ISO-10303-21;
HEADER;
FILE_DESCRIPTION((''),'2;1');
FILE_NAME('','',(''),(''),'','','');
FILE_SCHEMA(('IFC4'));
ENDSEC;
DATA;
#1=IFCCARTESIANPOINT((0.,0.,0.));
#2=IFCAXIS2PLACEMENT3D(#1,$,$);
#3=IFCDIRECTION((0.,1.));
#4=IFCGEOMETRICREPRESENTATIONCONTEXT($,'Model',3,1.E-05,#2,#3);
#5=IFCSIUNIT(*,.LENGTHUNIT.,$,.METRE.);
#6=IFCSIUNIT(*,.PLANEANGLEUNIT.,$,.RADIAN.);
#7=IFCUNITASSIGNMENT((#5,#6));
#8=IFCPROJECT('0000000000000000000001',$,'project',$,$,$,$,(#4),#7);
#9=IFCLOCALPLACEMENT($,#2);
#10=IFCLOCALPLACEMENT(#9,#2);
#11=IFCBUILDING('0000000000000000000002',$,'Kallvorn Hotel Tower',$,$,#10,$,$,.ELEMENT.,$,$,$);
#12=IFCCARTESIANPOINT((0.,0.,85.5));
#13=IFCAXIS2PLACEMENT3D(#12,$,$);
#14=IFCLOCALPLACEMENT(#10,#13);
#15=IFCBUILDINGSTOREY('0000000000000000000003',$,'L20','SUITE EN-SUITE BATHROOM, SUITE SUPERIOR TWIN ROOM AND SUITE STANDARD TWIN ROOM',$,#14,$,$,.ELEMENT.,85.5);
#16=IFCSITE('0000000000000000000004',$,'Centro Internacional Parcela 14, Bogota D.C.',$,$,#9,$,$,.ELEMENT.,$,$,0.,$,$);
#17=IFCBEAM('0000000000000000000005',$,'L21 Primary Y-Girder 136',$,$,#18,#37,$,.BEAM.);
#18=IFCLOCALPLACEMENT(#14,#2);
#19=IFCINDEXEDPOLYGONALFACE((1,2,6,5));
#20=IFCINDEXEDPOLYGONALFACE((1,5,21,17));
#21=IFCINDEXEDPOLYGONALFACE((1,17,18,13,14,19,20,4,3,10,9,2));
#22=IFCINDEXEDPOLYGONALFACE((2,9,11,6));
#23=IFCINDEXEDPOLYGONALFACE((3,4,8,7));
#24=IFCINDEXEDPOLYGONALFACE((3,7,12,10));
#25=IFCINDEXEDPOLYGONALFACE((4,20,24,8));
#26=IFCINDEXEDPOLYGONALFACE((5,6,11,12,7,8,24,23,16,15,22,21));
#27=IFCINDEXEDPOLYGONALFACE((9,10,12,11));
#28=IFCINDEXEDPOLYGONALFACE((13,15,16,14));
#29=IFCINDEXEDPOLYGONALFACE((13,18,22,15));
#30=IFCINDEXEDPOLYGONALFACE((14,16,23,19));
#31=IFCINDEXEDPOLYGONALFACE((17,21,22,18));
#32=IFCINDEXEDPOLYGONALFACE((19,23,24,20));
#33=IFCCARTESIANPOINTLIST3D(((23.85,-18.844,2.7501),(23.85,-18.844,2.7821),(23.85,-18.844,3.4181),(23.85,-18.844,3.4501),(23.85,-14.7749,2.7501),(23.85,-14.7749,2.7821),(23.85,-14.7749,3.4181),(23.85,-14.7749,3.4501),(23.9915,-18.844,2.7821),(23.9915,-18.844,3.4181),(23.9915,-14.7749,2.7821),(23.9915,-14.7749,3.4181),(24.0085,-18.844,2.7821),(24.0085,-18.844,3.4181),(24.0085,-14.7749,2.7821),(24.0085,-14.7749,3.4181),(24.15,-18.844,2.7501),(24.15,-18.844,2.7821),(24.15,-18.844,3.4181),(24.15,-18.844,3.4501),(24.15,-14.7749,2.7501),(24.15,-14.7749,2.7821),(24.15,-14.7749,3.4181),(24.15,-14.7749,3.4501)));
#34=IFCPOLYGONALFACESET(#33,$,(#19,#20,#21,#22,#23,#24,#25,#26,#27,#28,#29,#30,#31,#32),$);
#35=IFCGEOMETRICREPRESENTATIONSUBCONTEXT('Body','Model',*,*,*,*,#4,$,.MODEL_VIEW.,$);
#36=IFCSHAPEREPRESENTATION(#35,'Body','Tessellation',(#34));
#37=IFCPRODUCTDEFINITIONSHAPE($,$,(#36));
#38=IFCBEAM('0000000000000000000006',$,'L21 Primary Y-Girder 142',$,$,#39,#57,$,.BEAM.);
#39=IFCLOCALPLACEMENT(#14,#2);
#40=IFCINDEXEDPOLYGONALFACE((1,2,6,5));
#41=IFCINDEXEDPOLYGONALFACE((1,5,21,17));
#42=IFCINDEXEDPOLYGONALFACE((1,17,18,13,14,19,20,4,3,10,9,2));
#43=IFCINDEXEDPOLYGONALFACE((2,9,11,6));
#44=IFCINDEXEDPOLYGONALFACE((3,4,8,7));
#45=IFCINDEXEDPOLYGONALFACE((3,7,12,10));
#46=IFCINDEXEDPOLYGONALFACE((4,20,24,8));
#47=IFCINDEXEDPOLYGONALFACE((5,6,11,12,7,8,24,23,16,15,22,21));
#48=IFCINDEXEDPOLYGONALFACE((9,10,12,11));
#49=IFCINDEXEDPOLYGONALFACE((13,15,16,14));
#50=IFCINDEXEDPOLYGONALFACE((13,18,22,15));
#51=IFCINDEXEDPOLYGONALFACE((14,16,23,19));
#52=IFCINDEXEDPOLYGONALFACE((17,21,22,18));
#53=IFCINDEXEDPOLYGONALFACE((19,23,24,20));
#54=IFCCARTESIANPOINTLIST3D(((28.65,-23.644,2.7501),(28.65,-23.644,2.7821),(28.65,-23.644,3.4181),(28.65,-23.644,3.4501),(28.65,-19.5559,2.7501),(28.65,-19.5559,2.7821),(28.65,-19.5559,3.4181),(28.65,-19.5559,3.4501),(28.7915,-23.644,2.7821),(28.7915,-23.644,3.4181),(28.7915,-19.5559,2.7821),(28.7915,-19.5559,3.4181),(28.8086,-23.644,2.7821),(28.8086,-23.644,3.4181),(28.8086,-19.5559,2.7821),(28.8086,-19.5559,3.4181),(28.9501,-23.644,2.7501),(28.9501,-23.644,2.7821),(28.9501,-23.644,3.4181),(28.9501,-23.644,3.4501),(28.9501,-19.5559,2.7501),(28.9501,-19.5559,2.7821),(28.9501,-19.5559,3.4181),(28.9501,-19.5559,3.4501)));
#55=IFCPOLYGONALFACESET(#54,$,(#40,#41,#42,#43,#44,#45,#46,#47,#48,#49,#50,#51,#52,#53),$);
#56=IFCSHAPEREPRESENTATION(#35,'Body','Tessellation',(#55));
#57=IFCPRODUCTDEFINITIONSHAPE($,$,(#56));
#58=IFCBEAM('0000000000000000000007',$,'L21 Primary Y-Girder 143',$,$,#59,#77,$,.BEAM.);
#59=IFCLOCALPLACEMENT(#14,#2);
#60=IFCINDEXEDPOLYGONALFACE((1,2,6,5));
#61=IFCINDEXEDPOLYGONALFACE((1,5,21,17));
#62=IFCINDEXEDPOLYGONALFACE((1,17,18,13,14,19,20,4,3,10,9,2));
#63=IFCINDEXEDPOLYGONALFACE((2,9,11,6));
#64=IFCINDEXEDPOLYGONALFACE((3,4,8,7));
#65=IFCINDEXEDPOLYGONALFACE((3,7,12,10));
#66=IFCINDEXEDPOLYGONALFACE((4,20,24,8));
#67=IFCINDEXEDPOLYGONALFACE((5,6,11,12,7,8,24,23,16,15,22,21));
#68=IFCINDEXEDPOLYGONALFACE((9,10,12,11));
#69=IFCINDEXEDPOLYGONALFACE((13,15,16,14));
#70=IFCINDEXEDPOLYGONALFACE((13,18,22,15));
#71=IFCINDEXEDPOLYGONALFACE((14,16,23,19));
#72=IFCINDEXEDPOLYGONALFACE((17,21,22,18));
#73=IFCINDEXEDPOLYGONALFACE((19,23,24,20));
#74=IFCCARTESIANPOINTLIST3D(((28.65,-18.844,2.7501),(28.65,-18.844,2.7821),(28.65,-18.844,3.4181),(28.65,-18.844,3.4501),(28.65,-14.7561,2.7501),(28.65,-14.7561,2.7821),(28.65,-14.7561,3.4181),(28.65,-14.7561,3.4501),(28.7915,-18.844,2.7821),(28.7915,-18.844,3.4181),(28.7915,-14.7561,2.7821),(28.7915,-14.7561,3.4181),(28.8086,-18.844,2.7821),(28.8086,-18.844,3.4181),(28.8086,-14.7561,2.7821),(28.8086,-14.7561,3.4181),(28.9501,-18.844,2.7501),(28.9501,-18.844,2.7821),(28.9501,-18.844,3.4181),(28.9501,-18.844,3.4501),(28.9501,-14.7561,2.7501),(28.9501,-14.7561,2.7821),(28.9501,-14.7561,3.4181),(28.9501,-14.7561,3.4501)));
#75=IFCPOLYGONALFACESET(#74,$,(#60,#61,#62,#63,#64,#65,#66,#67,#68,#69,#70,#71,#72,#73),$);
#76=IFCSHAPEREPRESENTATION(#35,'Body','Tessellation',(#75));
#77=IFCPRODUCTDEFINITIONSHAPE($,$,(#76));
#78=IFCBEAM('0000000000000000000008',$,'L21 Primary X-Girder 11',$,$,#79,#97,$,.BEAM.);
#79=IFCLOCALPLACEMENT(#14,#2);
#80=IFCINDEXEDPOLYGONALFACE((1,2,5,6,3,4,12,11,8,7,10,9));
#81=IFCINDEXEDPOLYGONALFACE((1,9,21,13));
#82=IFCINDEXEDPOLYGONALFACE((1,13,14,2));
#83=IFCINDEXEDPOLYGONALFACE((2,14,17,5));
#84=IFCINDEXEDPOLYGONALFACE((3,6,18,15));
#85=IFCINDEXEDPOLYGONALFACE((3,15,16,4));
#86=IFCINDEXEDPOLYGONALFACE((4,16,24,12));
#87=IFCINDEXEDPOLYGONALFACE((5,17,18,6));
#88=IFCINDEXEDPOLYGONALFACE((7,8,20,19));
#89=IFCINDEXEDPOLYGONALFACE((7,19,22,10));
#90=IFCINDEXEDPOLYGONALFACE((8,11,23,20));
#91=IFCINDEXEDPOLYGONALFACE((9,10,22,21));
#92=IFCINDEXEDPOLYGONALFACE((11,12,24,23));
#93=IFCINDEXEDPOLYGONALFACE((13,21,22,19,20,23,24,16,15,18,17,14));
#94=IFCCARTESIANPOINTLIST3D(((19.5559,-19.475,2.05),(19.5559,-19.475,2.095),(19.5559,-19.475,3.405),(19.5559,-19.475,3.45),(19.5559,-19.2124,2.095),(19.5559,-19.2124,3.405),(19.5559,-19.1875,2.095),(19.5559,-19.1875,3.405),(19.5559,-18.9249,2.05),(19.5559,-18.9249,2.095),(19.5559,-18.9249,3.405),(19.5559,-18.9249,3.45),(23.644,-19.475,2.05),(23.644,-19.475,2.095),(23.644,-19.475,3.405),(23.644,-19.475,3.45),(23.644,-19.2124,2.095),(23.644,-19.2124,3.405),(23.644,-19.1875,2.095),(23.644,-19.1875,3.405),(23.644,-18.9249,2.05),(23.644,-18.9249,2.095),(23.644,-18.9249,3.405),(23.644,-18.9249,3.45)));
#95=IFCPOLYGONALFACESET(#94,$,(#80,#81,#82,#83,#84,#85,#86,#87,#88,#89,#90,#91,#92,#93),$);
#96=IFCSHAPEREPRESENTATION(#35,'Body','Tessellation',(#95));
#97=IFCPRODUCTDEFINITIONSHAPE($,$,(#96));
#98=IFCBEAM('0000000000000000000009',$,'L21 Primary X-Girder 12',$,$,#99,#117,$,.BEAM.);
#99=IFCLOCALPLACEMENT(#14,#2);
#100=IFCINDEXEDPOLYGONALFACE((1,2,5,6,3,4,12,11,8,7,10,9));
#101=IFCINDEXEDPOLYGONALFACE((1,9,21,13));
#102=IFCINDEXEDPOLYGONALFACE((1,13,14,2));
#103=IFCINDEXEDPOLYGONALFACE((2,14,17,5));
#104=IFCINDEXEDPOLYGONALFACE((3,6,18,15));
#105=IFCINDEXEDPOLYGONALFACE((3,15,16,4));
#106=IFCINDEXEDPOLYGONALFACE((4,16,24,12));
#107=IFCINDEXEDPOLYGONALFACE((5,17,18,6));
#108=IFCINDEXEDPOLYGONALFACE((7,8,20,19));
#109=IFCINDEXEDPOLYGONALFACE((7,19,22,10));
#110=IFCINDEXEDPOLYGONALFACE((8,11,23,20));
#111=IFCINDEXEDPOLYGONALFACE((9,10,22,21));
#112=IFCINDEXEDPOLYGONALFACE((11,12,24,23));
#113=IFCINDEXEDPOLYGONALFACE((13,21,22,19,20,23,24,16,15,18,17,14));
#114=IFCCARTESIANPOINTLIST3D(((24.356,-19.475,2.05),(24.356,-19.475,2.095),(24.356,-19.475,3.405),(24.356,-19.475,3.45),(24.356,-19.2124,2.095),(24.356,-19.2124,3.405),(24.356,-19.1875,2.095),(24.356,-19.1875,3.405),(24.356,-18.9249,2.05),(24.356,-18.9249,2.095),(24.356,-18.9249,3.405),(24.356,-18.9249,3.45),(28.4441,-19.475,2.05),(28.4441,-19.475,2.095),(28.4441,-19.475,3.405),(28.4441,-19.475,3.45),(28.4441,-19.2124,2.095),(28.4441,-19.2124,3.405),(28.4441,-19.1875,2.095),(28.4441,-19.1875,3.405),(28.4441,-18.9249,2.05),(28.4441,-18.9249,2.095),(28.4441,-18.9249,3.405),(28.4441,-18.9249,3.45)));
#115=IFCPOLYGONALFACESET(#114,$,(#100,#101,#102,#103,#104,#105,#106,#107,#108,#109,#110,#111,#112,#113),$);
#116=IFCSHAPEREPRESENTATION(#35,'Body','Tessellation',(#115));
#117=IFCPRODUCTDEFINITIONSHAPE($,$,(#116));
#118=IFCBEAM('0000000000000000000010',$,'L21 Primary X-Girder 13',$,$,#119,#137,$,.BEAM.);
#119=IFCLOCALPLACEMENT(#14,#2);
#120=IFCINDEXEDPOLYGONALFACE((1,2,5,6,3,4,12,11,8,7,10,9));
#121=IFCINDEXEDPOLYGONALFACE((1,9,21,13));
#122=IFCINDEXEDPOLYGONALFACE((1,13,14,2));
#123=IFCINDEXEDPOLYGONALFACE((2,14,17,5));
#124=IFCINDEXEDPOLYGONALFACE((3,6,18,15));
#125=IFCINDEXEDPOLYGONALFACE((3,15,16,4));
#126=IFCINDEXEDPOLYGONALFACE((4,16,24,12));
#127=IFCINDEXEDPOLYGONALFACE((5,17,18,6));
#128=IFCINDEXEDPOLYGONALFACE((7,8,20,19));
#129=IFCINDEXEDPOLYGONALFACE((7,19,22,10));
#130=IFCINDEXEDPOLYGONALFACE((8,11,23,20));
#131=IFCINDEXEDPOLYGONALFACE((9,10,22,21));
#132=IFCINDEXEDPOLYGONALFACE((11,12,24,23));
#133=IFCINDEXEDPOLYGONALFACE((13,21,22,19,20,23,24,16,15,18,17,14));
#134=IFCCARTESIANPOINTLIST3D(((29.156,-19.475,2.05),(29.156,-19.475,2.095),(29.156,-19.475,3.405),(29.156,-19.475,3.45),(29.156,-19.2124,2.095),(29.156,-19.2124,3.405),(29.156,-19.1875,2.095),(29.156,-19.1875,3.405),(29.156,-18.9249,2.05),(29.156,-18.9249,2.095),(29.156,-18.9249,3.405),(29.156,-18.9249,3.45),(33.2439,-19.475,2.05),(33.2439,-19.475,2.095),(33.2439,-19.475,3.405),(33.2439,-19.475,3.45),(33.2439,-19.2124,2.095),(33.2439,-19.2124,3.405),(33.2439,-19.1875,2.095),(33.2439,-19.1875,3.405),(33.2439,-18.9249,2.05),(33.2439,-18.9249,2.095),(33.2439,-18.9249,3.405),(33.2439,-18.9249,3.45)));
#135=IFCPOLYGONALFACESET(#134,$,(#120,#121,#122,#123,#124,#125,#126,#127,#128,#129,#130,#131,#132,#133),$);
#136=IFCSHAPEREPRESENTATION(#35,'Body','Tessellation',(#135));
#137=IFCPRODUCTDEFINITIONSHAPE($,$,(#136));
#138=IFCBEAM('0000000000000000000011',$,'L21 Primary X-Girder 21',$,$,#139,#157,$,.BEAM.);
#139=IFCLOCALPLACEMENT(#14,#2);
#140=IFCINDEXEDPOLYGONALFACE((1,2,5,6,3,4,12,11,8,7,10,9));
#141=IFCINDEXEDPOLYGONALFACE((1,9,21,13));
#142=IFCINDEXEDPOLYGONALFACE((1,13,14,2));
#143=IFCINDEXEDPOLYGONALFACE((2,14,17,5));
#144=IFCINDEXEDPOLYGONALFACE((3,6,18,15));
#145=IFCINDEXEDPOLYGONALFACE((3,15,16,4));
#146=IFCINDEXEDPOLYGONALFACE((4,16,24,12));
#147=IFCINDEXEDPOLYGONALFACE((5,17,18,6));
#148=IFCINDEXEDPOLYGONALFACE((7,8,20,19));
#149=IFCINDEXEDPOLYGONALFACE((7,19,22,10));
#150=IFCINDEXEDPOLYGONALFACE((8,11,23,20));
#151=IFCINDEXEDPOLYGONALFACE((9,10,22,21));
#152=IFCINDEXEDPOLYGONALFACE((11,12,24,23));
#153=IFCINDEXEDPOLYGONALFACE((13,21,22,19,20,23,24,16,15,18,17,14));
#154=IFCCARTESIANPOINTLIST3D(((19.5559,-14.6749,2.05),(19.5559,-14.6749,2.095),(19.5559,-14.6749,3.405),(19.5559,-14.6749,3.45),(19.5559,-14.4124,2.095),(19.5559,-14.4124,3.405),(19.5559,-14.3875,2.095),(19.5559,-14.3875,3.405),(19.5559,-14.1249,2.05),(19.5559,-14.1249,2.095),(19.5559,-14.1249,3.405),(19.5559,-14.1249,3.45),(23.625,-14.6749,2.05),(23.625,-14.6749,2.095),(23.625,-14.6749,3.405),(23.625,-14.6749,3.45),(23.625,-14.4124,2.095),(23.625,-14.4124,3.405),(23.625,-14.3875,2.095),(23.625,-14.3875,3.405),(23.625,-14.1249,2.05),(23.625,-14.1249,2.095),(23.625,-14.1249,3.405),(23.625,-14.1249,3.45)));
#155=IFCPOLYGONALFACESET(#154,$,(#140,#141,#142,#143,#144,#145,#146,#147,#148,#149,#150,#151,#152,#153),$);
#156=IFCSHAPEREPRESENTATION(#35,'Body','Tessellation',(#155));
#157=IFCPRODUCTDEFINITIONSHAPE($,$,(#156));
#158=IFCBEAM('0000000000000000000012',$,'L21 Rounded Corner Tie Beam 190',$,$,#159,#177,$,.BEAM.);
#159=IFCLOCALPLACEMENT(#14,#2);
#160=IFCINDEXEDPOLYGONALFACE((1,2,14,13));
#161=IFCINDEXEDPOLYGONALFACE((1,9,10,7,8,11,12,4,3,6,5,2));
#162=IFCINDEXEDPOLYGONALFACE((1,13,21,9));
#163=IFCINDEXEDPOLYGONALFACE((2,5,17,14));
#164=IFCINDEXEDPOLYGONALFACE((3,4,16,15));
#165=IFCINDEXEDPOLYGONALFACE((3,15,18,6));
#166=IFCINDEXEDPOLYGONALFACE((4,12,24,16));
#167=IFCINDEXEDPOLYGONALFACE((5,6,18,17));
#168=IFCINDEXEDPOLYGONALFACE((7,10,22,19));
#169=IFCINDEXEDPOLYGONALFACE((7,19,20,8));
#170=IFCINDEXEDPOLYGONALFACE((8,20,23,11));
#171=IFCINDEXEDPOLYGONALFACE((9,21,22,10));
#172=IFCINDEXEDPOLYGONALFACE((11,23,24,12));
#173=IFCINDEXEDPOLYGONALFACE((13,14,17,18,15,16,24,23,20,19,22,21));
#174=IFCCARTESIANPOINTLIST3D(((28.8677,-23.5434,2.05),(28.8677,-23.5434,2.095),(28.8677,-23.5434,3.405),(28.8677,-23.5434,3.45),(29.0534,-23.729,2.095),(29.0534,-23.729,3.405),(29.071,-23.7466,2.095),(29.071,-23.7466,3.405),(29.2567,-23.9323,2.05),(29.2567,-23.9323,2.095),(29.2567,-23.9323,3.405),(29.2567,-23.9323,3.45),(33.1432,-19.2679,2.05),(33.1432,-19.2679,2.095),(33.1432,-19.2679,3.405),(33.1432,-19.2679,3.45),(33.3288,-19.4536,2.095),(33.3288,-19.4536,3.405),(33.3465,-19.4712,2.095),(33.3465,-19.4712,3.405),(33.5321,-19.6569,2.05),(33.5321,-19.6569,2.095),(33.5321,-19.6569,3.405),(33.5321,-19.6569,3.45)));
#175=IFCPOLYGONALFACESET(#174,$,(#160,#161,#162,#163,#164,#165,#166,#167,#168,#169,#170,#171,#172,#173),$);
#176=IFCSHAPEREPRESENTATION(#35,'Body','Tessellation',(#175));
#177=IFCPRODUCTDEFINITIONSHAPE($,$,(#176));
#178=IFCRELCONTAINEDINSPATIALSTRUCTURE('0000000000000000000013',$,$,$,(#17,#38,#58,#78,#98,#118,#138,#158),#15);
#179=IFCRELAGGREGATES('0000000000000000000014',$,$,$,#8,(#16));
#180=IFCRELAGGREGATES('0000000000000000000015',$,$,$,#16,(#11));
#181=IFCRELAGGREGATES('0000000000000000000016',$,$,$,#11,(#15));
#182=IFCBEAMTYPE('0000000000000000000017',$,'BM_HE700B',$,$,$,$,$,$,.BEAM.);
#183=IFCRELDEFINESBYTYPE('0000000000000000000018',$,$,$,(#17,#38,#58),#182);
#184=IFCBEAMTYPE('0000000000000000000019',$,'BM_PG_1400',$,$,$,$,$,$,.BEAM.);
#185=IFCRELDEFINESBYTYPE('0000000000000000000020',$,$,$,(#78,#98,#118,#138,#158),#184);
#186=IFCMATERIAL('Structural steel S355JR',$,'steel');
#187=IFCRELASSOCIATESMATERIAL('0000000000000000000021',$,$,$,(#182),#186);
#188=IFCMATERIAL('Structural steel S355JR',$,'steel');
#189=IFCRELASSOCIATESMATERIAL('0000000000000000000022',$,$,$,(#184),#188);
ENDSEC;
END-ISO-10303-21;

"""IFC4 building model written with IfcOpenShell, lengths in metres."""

from ifc_helpers import new_model, si_unit, direction, frame, origin, origin_2d, place, context, subcontext, project, spatial, i_section, extrude, material, material_profile, profile_set, type_object, element, save


model = new_model("IFC4")

# Units and contexts
model_context = context("Model", 3, precision=1e-05, world=origin(), true_north=direction((0.0, 1.0)))
body_context = subcontext(model_context, "Body", "Model", "MODEL_VIEW")
ifc_project = project(units=[si_unit("LENGTHUNIT", "METRE"), si_unit("PLANEANGLEUNIT", "RADIAN")], contexts=[model_context])

# Site, building, storey
site_placement = place(None, origin())
site = spatial("IfcSite", under=ifc_project, at=site_placement, Name="Centro Internacional Parcela 14, Bogota D.C.", CompositionType="ELEMENT", RefElevation=0.0)
building_placement = place(site_placement, origin())
building = spatial("IfcBuilding", under=site, at=building_placement, Name="Kallvorn Hotel Tower", CompositionType="ELEMENT")
storey_placement = place(building_placement, frame((0.0, 0.0, 85.5)))
storey = spatial("IfcBuildingStorey", under=building, at=storey_placement, Name="L20", Description="SUITE EN-SUITE BATHROOM, SUITE SUPERIOR TWIN ROOM AND SUITE STANDARD TWIN ROOM", CompositionType="ELEMENT", Elevation=85.5)

# Beams
ifc_material_1 = material(Name="Structural steel S355JR", Category="steel")
ifc_material_profile_1 = material_profile(ifc_material_1, i_section(OverallWidth=0.3, OverallDepth=0.7, WebThickness=0.0171, FlangeThickness=0.032, at=origin_2d()), Name="HE 700 B")
ifc_profile_set_1 = profile_set([ifc_material_profile_1], Name="Structural steel S355JR")
beam_type_1 = type_object("IfcBeamType", Name="BM_HE700B", PredefinedType="BEAM", material=ifc_profile_set_1)
beam_1_placement = place(storey_placement, frame((24.0, -18.844, 3.1001), z_axis=(0.0, 1.0, 0.0), x_axis=(-1.0, 0.0, 0.0)))
element("IfcBeam", 1, at=beam_1_placement, inside=storey, type_object=beam_type_1, Name="L21 Primary Y-Girder 136", PredefinedType="BEAM", context=body_context, shape_type="SweptSolid", body=[
    extrude(i_section(OverallWidth=0.3, OverallDepth=0.7, WebThickness=0.0171, FlangeThickness=0.032, at=origin_2d()), origin(), (0.0, 0.0, 1.0), 4.0691),
])
beam_2_placement = place(storey_placement, frame((28.8, -23.644, 3.1001), z_axis=(0.0, 1.0, 0.0), x_axis=(-1.0, 0.0, 0.0)))
element("IfcBeam", 2, at=beam_2_placement, inside=storey, type_object=beam_type_1, Name="L21 Primary Y-Girder 142", PredefinedType="BEAM", context=body_context, shape_type="SweptSolid", body=[
    extrude(i_section(OverallWidth=0.3, OverallDepth=0.7, WebThickness=0.0171, FlangeThickness=0.032, at=origin_2d()), origin(), (0.0, 0.0, 1.0), 4.0881),
])
beam_3_placement = place(storey_placement, frame((28.8, -18.844, 3.1001), z_axis=(0.0, 1.0, 0.0), x_axis=(-1.0, 0.0, 0.0)))
element("IfcBeam", 3, at=beam_3_placement, inside=storey, type_object=beam_type_1, Name="L21 Primary Y-Girder 143", PredefinedType="BEAM", context=body_context, shape_type="SweptSolid", body=[
    extrude(i_section(OverallWidth=0.3, OverallDepth=0.7, WebThickness=0.0171, FlangeThickness=0.032, at=origin_2d()), origin(), (0.0, 0.0, 1.0), 4.0879),
])
ifc_material_2 = material(Name="Structural steel S355JR", Category="steel")
ifc_material_profile_2 = material_profile(ifc_material_2, i_section(OverallWidth=0.55, OverallDepth=1.3999, WebThickness=0.0249, FlangeThickness=0.0449, at=origin_2d()), Name="PG 1400x550x25x45")
ifc_profile_set_2 = profile_set([ifc_material_profile_2], Name="Structural steel S355JR")
beam_type_2 = type_object("IfcBeamType", Name="BM_PG_1400", PredefinedType="BEAM", material=ifc_profile_set_2)
for number, where, z_axis, x_axis, name in (
    (4, (19.5559, -19.2, 2.75), (1.0, 0.0, 0.0), (0.0, 1.0, 0.0), "L21 Primary X-Girder 11"),
    (5, (24.356, -19.2, 2.75), (1.0, 0.0, 0.0), (0.0, 1.0, 0.0), "L21 Primary X-Girder 12"),
):
    element("IfcBeam", number, at=place(storey_placement, frame(where, z_axis=z_axis, x_axis=x_axis)), inside=storey, type_object=beam_type_2, Name=name, PredefinedType="BEAM", context=body_context, shape_type="SweptSolid", body=[
        extrude(i_section(OverallWidth=0.55, OverallDepth=1.3999, WebThickness=0.0249, FlangeThickness=0.0449, at=origin_2d()), origin(), (0.0, 0.0, 1.0), 4.0881),
    ])
beam_4_placement = place(storey_placement, frame((29.156, -19.2, 2.75), z_axis=(1.0, 0.0, 0.0), x_axis=(0.0, 1.0, 0.0)))
element("IfcBeam", 6, at=beam_4_placement, inside=storey, type_object=beam_type_2, Name="L21 Primary X-Girder 13", PredefinedType="BEAM", context=body_context, shape_type="SweptSolid", body=[
    extrude(i_section(OverallWidth=0.55, OverallDepth=1.3999, WebThickness=0.0249, FlangeThickness=0.0449, at=origin_2d()), origin(), (0.0, 0.0, 1.0), 4.0879),
])
beam_5_placement = place(storey_placement, frame((19.5559, -14.3999, 2.75), z_axis=(1.0, 0.0, 0.0), x_axis=(0.0, 1.0, 0.0)))
element("IfcBeam", 7, at=beam_5_placement, inside=storey, type_object=beam_type_2, Name="L21 Primary X-Girder 21", PredefinedType="BEAM", context=body_context, shape_type="SweptSolid", body=[
    extrude(i_section(OverallWidth=0.55, OverallDepth=1.3999, WebThickness=0.0249, FlangeThickness=0.0449, at=origin_2d()), origin(), (0.0, 0.0, 1.0), 4.0691),
])
beam_6_placement = place(storey_placement, frame((33.3376, -19.4624, 2.75), z_axis=(-0.707107, -0.707107, 0.0), x_axis=(0.707107, -0.707107, 0.0)))
element("IfcBeam", 8, at=beam_6_placement, inside=storey, type_object=beam_type_2, Name="L21 Rounded Corner Tie Beam 190", PredefinedType="BEAM", context=body_context, shape_type="SweptSolid", body=[
    extrude(i_section(OverallWidth=0.55, OverallDepth=1.3999, WebThickness=0.0249, FlangeThickness=0.0449, at=origin_2d()), origin(), (0.0, 0.0, 1.0), 6.0464),
])

save(model, "model.ifc")
